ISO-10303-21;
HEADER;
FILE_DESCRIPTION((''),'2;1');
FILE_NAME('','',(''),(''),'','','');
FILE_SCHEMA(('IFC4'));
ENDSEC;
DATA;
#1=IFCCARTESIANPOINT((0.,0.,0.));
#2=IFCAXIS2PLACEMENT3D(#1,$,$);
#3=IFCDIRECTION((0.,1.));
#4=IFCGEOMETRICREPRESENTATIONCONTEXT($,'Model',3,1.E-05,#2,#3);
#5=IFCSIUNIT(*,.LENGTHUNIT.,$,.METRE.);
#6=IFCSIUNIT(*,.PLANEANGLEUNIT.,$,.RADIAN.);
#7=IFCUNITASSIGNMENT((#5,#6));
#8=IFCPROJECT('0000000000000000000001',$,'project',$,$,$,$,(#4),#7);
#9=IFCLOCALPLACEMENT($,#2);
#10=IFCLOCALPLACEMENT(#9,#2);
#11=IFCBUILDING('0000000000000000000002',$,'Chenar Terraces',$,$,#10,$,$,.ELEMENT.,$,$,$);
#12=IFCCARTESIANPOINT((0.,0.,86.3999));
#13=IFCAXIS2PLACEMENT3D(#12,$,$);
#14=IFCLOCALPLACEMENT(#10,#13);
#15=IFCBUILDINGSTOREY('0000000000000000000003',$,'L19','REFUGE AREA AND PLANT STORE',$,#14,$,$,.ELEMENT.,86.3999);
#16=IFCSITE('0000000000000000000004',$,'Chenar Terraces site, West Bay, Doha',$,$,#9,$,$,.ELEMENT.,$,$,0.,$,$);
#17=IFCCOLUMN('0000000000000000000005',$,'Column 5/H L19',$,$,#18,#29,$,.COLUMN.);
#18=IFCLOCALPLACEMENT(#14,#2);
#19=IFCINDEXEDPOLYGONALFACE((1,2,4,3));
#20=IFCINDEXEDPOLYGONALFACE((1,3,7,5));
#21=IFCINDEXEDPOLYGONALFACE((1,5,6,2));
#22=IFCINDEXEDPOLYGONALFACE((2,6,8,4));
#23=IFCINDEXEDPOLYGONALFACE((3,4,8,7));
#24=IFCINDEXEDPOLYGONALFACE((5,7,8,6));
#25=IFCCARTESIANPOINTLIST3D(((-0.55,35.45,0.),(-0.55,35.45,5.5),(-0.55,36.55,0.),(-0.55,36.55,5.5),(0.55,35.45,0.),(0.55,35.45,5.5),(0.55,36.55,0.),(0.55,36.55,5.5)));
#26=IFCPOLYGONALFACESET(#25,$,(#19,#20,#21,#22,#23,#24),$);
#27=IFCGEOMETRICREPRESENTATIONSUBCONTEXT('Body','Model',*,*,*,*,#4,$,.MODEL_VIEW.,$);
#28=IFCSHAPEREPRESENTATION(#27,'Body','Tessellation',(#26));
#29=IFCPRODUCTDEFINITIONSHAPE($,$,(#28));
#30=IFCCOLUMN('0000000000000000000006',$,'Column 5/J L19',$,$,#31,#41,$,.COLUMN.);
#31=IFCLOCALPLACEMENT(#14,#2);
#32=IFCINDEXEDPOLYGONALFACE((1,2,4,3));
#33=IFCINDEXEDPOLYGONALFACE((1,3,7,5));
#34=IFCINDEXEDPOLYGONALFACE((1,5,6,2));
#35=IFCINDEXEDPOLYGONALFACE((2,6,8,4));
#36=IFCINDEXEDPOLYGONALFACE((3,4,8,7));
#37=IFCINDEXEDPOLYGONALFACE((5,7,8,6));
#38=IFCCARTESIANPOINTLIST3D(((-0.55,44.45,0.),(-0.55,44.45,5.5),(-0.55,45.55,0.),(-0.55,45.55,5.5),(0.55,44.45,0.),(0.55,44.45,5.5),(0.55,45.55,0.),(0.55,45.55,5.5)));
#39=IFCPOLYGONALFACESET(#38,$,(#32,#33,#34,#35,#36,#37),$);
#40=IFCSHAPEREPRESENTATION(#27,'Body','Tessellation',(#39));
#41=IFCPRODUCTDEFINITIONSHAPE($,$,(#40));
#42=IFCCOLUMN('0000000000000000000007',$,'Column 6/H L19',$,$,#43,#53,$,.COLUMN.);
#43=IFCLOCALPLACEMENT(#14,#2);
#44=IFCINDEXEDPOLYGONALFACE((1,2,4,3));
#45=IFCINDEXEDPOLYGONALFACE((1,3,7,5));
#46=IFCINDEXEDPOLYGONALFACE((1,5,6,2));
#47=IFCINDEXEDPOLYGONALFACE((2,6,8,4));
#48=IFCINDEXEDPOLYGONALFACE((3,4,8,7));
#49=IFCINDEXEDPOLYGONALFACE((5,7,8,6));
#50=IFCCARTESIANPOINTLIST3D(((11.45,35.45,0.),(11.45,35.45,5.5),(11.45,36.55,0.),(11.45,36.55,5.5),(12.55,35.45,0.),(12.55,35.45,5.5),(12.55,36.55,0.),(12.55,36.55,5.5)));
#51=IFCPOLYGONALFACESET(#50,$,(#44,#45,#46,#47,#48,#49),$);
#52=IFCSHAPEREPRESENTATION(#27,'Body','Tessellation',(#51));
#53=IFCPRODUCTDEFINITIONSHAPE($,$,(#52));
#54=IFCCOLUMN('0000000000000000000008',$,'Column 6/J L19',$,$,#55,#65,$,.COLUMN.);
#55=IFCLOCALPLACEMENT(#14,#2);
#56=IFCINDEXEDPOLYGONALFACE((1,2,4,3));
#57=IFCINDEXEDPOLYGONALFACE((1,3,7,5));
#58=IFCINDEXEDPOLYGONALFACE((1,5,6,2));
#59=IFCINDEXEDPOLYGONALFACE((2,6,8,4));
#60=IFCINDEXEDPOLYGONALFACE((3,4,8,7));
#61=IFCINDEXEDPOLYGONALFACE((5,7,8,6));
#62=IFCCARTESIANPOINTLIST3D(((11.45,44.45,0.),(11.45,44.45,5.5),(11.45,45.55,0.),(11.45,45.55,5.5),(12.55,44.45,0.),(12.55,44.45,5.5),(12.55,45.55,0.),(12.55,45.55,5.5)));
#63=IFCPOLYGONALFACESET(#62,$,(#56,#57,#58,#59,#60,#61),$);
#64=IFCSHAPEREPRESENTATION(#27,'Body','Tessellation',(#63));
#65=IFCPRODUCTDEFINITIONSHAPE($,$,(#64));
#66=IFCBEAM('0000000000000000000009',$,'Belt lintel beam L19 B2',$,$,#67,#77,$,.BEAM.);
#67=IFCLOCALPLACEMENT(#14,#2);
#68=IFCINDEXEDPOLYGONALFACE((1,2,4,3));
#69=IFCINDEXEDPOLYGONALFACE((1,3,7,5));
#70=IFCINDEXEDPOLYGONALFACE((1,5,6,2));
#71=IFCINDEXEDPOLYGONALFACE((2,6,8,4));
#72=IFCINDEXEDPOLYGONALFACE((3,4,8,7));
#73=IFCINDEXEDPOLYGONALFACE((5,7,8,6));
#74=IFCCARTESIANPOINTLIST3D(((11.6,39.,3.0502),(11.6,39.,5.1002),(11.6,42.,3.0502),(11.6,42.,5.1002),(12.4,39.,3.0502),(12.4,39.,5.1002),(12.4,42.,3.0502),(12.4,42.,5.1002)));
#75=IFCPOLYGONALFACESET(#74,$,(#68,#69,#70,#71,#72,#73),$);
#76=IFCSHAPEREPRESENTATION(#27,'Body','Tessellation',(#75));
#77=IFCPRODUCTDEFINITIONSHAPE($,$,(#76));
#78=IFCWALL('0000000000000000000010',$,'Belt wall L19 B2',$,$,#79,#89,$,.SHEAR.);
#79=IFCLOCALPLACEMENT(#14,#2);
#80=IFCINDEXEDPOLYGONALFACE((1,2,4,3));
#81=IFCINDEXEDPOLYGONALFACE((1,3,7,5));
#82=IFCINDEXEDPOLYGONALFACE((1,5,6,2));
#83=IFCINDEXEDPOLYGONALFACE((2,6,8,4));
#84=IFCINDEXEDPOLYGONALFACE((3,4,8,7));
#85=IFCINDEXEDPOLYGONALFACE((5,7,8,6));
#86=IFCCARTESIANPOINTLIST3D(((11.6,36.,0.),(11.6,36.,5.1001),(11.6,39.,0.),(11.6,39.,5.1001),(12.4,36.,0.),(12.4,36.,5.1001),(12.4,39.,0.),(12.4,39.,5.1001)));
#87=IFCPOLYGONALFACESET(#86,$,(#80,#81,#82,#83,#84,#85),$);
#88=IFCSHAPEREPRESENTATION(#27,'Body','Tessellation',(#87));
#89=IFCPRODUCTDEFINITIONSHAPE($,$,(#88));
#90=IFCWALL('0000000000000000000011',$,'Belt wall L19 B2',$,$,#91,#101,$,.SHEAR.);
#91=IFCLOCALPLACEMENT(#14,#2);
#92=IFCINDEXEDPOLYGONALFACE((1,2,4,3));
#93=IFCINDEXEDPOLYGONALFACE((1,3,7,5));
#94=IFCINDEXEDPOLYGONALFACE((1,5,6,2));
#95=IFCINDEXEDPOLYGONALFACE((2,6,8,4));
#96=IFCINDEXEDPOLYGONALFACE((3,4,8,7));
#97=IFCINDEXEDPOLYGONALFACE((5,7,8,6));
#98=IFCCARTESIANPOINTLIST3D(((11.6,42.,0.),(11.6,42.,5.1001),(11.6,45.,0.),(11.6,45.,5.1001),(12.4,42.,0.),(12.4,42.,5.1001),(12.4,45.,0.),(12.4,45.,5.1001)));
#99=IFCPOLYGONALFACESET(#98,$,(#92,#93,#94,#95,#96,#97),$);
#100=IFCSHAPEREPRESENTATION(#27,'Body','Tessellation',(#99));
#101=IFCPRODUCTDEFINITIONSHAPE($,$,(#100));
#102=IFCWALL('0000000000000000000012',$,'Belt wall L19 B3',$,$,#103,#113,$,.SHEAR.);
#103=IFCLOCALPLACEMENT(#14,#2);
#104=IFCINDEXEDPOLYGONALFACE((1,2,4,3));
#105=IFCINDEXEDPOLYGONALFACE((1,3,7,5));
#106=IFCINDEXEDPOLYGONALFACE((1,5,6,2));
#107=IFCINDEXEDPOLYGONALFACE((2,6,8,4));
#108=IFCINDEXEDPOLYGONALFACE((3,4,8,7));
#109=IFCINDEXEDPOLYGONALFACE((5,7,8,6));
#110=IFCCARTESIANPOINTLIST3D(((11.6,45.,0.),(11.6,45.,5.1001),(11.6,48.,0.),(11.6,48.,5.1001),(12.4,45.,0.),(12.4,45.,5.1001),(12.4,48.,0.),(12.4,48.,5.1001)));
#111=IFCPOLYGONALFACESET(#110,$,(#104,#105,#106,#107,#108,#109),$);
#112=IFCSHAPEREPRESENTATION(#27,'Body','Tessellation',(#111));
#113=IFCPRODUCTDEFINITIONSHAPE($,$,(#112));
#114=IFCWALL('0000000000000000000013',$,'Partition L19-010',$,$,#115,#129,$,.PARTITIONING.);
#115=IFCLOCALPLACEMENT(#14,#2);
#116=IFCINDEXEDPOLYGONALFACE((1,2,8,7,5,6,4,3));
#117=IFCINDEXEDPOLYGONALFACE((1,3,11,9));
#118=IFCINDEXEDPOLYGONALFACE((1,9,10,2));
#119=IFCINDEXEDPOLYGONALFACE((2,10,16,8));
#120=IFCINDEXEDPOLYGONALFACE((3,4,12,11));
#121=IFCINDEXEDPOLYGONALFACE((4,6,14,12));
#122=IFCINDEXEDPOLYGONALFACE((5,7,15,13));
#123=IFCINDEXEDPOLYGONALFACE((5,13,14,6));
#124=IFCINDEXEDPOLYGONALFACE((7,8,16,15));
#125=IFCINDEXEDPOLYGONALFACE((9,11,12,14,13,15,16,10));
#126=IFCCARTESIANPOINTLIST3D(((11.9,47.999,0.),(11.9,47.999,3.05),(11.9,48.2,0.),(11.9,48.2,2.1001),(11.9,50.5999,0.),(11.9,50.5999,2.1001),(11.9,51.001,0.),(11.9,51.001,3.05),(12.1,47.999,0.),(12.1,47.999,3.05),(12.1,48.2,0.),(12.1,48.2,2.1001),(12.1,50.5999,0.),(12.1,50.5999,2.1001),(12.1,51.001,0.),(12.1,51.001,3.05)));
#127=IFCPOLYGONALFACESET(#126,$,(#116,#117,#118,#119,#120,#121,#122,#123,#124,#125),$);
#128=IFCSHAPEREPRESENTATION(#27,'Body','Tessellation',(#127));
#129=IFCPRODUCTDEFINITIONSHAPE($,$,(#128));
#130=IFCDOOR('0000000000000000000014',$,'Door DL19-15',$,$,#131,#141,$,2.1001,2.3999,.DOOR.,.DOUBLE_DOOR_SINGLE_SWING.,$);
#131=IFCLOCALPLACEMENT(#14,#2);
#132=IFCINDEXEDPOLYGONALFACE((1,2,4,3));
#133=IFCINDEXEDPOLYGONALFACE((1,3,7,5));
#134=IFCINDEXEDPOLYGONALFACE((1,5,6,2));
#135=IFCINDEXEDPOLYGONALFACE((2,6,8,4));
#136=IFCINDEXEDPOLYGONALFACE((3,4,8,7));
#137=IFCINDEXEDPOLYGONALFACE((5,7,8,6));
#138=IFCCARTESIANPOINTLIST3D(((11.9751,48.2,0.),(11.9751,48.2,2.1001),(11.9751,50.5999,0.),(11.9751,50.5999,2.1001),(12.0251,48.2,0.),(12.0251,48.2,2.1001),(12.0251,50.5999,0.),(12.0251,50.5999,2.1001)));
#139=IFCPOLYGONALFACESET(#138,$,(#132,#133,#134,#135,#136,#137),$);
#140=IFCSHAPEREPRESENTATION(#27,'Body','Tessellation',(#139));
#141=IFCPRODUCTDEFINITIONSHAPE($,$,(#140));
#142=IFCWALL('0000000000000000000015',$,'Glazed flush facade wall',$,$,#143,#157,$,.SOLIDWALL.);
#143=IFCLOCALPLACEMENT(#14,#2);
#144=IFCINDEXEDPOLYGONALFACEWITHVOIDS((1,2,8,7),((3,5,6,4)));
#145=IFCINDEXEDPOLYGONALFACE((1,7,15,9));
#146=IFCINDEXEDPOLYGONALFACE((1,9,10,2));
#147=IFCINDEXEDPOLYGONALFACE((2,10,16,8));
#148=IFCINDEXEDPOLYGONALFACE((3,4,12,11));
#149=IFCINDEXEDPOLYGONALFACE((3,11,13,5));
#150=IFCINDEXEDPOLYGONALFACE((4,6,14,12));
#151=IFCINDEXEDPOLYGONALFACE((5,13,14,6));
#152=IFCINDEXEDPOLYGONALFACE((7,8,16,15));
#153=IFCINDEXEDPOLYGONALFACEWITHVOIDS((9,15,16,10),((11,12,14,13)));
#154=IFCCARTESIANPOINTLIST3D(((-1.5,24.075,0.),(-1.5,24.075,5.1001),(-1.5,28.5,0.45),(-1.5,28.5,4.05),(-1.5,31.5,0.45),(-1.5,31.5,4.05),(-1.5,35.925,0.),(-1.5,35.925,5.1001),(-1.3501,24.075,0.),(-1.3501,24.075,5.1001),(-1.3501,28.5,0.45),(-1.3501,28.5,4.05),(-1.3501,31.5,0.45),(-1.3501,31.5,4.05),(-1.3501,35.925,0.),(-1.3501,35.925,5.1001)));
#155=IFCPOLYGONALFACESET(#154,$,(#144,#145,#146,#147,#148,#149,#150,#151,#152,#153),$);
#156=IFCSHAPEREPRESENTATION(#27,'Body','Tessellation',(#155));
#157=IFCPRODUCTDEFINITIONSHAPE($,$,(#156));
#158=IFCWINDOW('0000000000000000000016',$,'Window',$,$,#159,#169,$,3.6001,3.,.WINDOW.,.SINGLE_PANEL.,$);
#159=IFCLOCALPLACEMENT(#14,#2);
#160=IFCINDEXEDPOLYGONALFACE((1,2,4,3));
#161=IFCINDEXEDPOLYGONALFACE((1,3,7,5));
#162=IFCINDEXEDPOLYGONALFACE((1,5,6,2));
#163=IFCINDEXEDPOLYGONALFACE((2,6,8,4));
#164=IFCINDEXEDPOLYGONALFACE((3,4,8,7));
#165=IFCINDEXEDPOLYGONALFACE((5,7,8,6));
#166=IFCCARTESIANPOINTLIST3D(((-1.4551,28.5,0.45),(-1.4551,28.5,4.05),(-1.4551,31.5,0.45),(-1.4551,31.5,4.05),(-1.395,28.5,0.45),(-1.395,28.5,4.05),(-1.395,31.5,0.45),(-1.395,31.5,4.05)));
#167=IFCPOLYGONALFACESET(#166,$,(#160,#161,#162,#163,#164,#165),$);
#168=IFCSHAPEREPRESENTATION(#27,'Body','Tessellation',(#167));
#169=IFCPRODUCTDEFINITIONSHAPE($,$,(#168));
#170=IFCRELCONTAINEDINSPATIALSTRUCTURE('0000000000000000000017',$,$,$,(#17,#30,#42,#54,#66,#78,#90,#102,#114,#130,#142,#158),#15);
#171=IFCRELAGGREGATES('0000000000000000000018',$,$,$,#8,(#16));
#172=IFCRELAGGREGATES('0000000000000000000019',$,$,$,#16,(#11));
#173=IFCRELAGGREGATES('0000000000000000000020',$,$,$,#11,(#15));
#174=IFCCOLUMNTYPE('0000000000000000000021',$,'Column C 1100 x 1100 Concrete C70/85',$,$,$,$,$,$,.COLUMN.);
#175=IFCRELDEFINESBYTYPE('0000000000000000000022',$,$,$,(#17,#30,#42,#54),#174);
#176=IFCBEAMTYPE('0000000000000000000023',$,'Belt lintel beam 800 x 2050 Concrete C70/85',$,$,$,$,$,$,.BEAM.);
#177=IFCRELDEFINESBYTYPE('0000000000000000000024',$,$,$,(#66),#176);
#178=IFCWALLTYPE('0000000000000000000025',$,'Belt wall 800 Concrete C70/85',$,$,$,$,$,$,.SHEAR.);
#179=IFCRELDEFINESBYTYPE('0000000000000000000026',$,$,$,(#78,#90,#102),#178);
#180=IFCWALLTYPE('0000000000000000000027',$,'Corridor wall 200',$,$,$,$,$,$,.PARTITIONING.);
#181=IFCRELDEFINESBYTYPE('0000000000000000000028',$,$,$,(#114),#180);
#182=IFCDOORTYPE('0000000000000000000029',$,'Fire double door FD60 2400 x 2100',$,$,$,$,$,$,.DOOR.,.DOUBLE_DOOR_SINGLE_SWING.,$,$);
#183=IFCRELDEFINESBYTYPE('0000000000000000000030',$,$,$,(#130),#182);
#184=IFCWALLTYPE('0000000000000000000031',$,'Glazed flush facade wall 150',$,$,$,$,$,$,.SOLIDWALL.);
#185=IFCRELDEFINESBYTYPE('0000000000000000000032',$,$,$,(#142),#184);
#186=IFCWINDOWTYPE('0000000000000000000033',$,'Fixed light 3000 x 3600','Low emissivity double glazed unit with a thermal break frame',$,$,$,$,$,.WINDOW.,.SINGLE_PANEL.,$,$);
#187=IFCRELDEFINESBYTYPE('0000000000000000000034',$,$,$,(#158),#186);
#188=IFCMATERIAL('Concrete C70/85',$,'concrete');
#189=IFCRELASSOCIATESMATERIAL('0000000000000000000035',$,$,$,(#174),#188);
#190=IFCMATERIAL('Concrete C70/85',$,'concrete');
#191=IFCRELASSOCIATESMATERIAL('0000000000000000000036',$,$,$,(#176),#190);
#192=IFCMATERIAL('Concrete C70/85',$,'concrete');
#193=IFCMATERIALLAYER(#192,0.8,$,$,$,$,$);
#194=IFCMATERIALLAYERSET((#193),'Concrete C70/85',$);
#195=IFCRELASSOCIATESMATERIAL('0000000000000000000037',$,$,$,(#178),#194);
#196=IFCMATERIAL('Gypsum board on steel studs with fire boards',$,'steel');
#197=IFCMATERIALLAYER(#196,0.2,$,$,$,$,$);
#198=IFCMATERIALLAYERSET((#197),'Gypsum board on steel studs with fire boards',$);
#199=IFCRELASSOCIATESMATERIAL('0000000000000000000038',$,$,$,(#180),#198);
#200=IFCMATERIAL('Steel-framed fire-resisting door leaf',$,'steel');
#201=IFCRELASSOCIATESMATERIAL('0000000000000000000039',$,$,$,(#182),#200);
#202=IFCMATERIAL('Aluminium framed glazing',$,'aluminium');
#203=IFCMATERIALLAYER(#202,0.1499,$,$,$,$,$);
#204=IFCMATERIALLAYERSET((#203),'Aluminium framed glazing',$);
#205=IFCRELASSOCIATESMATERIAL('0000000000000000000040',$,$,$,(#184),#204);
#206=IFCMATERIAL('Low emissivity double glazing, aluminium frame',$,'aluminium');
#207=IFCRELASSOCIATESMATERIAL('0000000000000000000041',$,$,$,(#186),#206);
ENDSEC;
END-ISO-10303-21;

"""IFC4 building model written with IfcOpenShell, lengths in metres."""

from ifc_helpers import new_model, si_unit, direction, frame, frame_2d, origin, origin_2d, place, context, subcontext, project, spatial, rectangle, extrude, material, layer, layer_set, material_profile, profile_set, type_object, element, fill, save


model = new_model("IFC4")

# Units and contexts
model_context = context("Model", 3, precision=1e-05, world=origin(), true_north=direction((0.0, 1.0)))
body_context = subcontext(model_context, "Body", "Model", "MODEL_VIEW")
ifc_project = project(units=[si_unit("LENGTHUNIT", "METRE"), si_unit("PLANEANGLEUNIT", "RADIAN")], contexts=[model_context])

# Site, building, storey
site_placement = place(None, origin())
site = spatial("IfcSite", under=ifc_project, at=site_placement, Name="Chenar Terraces site, West Bay, Doha", CompositionType="ELEMENT", RefElevation=0.0)
building_placement = place(site_placement, origin())
building = spatial("IfcBuilding", under=site, at=building_placement, Name="Chenar Terraces", CompositionType="ELEMENT")
storey_placement = place(building_placement, frame((0.0, 0.0, 86.3999)))
storey = spatial("IfcBuildingStorey", under=building, at=storey_placement, Name="L19", Description="REFUGE AREA AND PLANT STORE", CompositionType="ELEMENT", Elevation=86.3999)

# Columns
ifc_material_1 = material(Name="Concrete C70/85", Category="concrete")
ifc_material_profile_1 = material_profile(ifc_material_1, rectangle(XDim=1.1001, YDim=1.1001, at=origin_2d()), Name="C 1100 x 1100")
ifc_profile_set_1 = profile_set([ifc_material_profile_1], Name="Concrete C70/85")
column_type = type_object("IfcColumnType", Name="Column C 1100 x 1100 Concrete C70/85", PredefinedType="COLUMN", material=ifc_profile_set_1)
placement = place(storey_placement, frame((0.0, 36.0, 0.0), z_axis=(0.0, 0.0, 1.0), x_axis=(1.0, 0.0, 0.0)))
element("IfcColumn", 1, at=placement, inside=storey, type_object=column_type, Name="Column 5/H L19", PredefinedType="COLUMN", context=body_context, shape_type="SweptSolid", body=[
    extrude(rectangle(XDim=1.1001, YDim=1.1001, at=origin_2d()), origin(), (0.0, 0.0, 1.0), 5.5),
])
for number, where, z_axis, x_axis, name in (
    (2, (0.0, 45.0, 0.0), (0.0, 0.0, 1.0), (1.0, 0.0, 0.0), "Column 5/J L19"),
    (3, (12.0, 36.0, 0.0), (0.0, 0.0, 1.0), (1.0, 0.0, 0.0), "Column 6/H L19"),
    (4, (12.0, 45.0, 0.0), (0.0, 0.0, 1.0), (1.0, 0.0, 0.0), "Column 6/J L19"),
):
    element("IfcColumn", number, at=place(storey_placement, frame(where, z_axis=z_axis, x_axis=x_axis)), inside=storey, type_object=column_type, Name=name, PredefinedType="COLUMN", context=body_context, shape_type="SweptSolid", body=[
        extrude(rectangle(XDim=1.1001, YDim=1.1001, at=origin_2d()), origin(), (0.0, 0.0, 1.0), 5.5),
    ])

# Beam
ifc_material_2 = material(Name="Concrete C70/85", Category="concrete")
ifc_material_profile_2 = material_profile(ifc_material_2, rectangle(XDim=0.8, YDim=2.05, at=origin_2d()), Name="RC 800 x 2050")
ifc_profile_set_2 = profile_set([ifc_material_profile_2], Name="Concrete C70/85")
beam_type = type_object("IfcBeamType", Name="Belt lintel beam 800 x 2050 Concrete C70/85", PredefinedType="BEAM", material=ifc_profile_set_2)
beam_placement = place(storey_placement, frame((12.0, 39.0, 4.0752), z_axis=(0.0, 1.0, 0.0), x_axis=(-1.0, 0.0, 0.0)))
element("IfcBeam", 5, at=beam_placement, inside=storey, type_object=beam_type, Name="Belt lintel beam L19 B2", PredefinedType="BEAM", context=body_context, shape_type="SweptSolid", body=[
    extrude(rectangle(XDim=0.8, YDim=2.05, at=origin_2d()), origin(), (0.0, 0.0, 1.0), 3.0),
])

# Walls
ifc_material_3 = material(Name="Concrete C70/85", Category="concrete")
ifc_layer_1 = layer(ifc_material_3, 0.8)
ifc_layer_set_1 = layer_set([ifc_layer_1], Name="Concrete C70/85")
wall_type_1 = type_object("IfcWallType", Name="Belt wall 800 Concrete C70/85", PredefinedType="SHEAR", material=ifc_layer_set_1)
for number, where, z_axis, x_axis, name in (
    (6, (12.0, 36.0, 0.0), (0.0, 0.0, 1.0), (0.0, 1.0, 0.0), "Belt wall L19 B2"),
    (7, (12.0, 42.0, 0.0), (0.0, 0.0, 1.0), (0.0, 1.0, 0.0), "Belt wall L19 B2"),
    (8, (12.0, 45.0, 0.0), (0.0, 0.0, 1.0), (0.0, 1.0, 0.0), "Belt wall L19 B3"),
):
    element("IfcWall", number, at=place(storey_placement, frame(where, z_axis=z_axis, x_axis=x_axis)), inside=storey, type_object=wall_type_1, Name=name, PredefinedType="SHEAR", context=body_context, shape_type="SweptSolid", body=[
        extrude(rectangle(XDim=3.0, YDim=0.8, at=frame_2d((1.5, 0.0))), origin(), (0.0, 0.0, 1.0), 5.1001),
    ])

# Wall, opening, door
ifc_material_4 = material(Name="Gypsum board on steel studs with fire boards", Category="steel")
ifc_layer_2 = layer(ifc_material_4, 0.2)
ifc_layer_set_2 = layer_set([ifc_layer_2], Name="Gypsum board on steel studs with fire boards")
wall_type_2 = type_object("IfcWallType", Name="Corridor wall 200", PredefinedType="PARTITIONING", material=ifc_layer_set_2)
wall_1_placement = place(storey_placement, frame((12.0, 47.999, 0.0), z_axis=(0.0, 0.0, 1.0), x_axis=(0.0, 1.0, 0.0)))
wall_1 = element("IfcWall", 9, at=wall_1_placement, inside=storey, type_object=wall_type_2, Name="Partition L19-010", PredefinedType="PARTITIONING", context=body_context, shape_type="SweptSolid", body=[
    extrude(rectangle(XDim=3.002, YDim=0.2, at=frame_2d((1.501, 0.0))), origin(), (0.0, 0.0, 1.0), 3.05),
])
opening_1_placement = place(wall_1_placement, frame((0.2009, 0.0, 0.0)))
opening_1 = element("IfcOpeningElement", 10, at=opening_1_placement, cuts=wall_1, PredefinedType="OPENING", context=body_context, shape_type="SweptSolid", body=[
    extrude(rectangle(XDim=2.3999, YDim=2.1001, at=frame_2d((1.2, 1.05))), frame((0.0, 0.1099, 0.0), z_axis=(0.0, -1.0, 0.0), x_axis=(1.0, 0.0, 0.0)), (0.0, 0.0, 1.0), 0.22),
])
ifc_material_5 = material(Name="Steel-framed fire-resisting door leaf", Category="steel")
door_type_1 = type_object("IfcDoorType", Name="Fire double door FD60 2400 x 2100", OperationType="DOUBLE_DOOR_SINGLE_SWING", PredefinedType="DOOR", material=ifc_material_5)
door_1_placement = place(opening_1_placement, origin())
door_1 = element("IfcDoor", 11, at=door_1_placement, inside=storey, type_object=door_type_1, Name="Door DL19-15", OperationType="DOUBLE_DOOR_SINGLE_SWING", OverallHeight=2.1001, OverallWidth=2.3999, PredefinedType="DOOR", context=body_context, shape_type="SweptSolid", body=[
    extrude(rectangle(XDim=2.3999, YDim=2.1001, at=frame_2d((1.2, 1.05))), frame((0.0, 0.0249, 0.0), z_axis=(0.0, -1.0, 0.0), x_axis=(1.0, 0.0, 0.0)), (0.0, 0.0, 1.0), 0.05),
])
fill(opening_1, door_1)

# Wall, opening, window
ifc_material_6 = material(Name="Aluminium framed glazing", Category="aluminium")
ifc_layer_3 = layer(ifc_material_6, 0.1499)
ifc_layer_set_3 = layer_set([ifc_layer_3], Name="Aluminium framed glazing")
wall_type_3 = type_object("IfcWallType", Name="Glazed flush facade wall 150", PredefinedType="SOLIDWALL", material=ifc_layer_set_3)
wall_2_placement = place(storey_placement, frame((-1.425, 35.925, 0.0), z_axis=(0.0, 0.0, 1.0), x_axis=(0.0, -1.0, 0.0)))
wall_2 = element("IfcWall", 12, at=wall_2_placement, inside=storey, type_object=wall_type_3, Name="Glazed flush facade wall", PredefinedType="SOLIDWALL", context=body_context, shape_type="SweptSolid", body=[
    extrude(rectangle(XDim=11.8501, YDim=0.1499, at=frame_2d((5.925, 0.0))), origin(), (0.0, 0.0, 1.0), 5.1001),
])
opening_2_placement = place(wall_2_placement, frame((4.425, 0.0, 0.45)))
opening_2 = element("IfcOpeningElement", 13, at=opening_2_placement, cuts=wall_2, PredefinedType="OPENING", context=body_context, shape_type="SweptSolid", body=[
    extrude(rectangle(XDim=3.0, YDim=3.6001, at=frame_2d((1.5, 1.8))), frame((0.0, 0.085, 0.0), z_axis=(0.0, -1.0, 0.0), x_axis=(1.0, 0.0, 0.0)), (0.0, 0.0, 1.0), 0.1699),
])
ifc_material_7 = material(Name="Low emissivity double glazing, aluminium frame", Category="aluminium")
window_type = type_object("IfcWindowType", Name="Fixed light 3000 x 3600", Description="Low emissivity double glazed unit with a thermal break frame", PartitioningType="SINGLE_PANEL", PredefinedType="WINDOW", material=ifc_material_7)
window_1_placement = place(opening_2_placement, origin())
window_1 = element("IfcWindow", 14, at=window_1_placement, inside=storey, type_object=window_type, Name="Window", OverallHeight=3.6001, OverallWidth=3.0, PartitioningType="SINGLE_PANEL", PredefinedType="WINDOW", context=body_context, shape_type="SweptSolid", body=[
    extrude(rectangle(XDim=3.0, YDim=3.6001, at=frame_2d((1.5, 1.8))), frame((0.0, 0.03, 0.0), z_axis=(0.0, -1.0, 0.0), x_axis=(1.0, 0.0, 0.0)), (0.0, 0.0, 1.0), 0.0601),
])
fill(opening_2, window_1)

save(model, "model.ifc")
